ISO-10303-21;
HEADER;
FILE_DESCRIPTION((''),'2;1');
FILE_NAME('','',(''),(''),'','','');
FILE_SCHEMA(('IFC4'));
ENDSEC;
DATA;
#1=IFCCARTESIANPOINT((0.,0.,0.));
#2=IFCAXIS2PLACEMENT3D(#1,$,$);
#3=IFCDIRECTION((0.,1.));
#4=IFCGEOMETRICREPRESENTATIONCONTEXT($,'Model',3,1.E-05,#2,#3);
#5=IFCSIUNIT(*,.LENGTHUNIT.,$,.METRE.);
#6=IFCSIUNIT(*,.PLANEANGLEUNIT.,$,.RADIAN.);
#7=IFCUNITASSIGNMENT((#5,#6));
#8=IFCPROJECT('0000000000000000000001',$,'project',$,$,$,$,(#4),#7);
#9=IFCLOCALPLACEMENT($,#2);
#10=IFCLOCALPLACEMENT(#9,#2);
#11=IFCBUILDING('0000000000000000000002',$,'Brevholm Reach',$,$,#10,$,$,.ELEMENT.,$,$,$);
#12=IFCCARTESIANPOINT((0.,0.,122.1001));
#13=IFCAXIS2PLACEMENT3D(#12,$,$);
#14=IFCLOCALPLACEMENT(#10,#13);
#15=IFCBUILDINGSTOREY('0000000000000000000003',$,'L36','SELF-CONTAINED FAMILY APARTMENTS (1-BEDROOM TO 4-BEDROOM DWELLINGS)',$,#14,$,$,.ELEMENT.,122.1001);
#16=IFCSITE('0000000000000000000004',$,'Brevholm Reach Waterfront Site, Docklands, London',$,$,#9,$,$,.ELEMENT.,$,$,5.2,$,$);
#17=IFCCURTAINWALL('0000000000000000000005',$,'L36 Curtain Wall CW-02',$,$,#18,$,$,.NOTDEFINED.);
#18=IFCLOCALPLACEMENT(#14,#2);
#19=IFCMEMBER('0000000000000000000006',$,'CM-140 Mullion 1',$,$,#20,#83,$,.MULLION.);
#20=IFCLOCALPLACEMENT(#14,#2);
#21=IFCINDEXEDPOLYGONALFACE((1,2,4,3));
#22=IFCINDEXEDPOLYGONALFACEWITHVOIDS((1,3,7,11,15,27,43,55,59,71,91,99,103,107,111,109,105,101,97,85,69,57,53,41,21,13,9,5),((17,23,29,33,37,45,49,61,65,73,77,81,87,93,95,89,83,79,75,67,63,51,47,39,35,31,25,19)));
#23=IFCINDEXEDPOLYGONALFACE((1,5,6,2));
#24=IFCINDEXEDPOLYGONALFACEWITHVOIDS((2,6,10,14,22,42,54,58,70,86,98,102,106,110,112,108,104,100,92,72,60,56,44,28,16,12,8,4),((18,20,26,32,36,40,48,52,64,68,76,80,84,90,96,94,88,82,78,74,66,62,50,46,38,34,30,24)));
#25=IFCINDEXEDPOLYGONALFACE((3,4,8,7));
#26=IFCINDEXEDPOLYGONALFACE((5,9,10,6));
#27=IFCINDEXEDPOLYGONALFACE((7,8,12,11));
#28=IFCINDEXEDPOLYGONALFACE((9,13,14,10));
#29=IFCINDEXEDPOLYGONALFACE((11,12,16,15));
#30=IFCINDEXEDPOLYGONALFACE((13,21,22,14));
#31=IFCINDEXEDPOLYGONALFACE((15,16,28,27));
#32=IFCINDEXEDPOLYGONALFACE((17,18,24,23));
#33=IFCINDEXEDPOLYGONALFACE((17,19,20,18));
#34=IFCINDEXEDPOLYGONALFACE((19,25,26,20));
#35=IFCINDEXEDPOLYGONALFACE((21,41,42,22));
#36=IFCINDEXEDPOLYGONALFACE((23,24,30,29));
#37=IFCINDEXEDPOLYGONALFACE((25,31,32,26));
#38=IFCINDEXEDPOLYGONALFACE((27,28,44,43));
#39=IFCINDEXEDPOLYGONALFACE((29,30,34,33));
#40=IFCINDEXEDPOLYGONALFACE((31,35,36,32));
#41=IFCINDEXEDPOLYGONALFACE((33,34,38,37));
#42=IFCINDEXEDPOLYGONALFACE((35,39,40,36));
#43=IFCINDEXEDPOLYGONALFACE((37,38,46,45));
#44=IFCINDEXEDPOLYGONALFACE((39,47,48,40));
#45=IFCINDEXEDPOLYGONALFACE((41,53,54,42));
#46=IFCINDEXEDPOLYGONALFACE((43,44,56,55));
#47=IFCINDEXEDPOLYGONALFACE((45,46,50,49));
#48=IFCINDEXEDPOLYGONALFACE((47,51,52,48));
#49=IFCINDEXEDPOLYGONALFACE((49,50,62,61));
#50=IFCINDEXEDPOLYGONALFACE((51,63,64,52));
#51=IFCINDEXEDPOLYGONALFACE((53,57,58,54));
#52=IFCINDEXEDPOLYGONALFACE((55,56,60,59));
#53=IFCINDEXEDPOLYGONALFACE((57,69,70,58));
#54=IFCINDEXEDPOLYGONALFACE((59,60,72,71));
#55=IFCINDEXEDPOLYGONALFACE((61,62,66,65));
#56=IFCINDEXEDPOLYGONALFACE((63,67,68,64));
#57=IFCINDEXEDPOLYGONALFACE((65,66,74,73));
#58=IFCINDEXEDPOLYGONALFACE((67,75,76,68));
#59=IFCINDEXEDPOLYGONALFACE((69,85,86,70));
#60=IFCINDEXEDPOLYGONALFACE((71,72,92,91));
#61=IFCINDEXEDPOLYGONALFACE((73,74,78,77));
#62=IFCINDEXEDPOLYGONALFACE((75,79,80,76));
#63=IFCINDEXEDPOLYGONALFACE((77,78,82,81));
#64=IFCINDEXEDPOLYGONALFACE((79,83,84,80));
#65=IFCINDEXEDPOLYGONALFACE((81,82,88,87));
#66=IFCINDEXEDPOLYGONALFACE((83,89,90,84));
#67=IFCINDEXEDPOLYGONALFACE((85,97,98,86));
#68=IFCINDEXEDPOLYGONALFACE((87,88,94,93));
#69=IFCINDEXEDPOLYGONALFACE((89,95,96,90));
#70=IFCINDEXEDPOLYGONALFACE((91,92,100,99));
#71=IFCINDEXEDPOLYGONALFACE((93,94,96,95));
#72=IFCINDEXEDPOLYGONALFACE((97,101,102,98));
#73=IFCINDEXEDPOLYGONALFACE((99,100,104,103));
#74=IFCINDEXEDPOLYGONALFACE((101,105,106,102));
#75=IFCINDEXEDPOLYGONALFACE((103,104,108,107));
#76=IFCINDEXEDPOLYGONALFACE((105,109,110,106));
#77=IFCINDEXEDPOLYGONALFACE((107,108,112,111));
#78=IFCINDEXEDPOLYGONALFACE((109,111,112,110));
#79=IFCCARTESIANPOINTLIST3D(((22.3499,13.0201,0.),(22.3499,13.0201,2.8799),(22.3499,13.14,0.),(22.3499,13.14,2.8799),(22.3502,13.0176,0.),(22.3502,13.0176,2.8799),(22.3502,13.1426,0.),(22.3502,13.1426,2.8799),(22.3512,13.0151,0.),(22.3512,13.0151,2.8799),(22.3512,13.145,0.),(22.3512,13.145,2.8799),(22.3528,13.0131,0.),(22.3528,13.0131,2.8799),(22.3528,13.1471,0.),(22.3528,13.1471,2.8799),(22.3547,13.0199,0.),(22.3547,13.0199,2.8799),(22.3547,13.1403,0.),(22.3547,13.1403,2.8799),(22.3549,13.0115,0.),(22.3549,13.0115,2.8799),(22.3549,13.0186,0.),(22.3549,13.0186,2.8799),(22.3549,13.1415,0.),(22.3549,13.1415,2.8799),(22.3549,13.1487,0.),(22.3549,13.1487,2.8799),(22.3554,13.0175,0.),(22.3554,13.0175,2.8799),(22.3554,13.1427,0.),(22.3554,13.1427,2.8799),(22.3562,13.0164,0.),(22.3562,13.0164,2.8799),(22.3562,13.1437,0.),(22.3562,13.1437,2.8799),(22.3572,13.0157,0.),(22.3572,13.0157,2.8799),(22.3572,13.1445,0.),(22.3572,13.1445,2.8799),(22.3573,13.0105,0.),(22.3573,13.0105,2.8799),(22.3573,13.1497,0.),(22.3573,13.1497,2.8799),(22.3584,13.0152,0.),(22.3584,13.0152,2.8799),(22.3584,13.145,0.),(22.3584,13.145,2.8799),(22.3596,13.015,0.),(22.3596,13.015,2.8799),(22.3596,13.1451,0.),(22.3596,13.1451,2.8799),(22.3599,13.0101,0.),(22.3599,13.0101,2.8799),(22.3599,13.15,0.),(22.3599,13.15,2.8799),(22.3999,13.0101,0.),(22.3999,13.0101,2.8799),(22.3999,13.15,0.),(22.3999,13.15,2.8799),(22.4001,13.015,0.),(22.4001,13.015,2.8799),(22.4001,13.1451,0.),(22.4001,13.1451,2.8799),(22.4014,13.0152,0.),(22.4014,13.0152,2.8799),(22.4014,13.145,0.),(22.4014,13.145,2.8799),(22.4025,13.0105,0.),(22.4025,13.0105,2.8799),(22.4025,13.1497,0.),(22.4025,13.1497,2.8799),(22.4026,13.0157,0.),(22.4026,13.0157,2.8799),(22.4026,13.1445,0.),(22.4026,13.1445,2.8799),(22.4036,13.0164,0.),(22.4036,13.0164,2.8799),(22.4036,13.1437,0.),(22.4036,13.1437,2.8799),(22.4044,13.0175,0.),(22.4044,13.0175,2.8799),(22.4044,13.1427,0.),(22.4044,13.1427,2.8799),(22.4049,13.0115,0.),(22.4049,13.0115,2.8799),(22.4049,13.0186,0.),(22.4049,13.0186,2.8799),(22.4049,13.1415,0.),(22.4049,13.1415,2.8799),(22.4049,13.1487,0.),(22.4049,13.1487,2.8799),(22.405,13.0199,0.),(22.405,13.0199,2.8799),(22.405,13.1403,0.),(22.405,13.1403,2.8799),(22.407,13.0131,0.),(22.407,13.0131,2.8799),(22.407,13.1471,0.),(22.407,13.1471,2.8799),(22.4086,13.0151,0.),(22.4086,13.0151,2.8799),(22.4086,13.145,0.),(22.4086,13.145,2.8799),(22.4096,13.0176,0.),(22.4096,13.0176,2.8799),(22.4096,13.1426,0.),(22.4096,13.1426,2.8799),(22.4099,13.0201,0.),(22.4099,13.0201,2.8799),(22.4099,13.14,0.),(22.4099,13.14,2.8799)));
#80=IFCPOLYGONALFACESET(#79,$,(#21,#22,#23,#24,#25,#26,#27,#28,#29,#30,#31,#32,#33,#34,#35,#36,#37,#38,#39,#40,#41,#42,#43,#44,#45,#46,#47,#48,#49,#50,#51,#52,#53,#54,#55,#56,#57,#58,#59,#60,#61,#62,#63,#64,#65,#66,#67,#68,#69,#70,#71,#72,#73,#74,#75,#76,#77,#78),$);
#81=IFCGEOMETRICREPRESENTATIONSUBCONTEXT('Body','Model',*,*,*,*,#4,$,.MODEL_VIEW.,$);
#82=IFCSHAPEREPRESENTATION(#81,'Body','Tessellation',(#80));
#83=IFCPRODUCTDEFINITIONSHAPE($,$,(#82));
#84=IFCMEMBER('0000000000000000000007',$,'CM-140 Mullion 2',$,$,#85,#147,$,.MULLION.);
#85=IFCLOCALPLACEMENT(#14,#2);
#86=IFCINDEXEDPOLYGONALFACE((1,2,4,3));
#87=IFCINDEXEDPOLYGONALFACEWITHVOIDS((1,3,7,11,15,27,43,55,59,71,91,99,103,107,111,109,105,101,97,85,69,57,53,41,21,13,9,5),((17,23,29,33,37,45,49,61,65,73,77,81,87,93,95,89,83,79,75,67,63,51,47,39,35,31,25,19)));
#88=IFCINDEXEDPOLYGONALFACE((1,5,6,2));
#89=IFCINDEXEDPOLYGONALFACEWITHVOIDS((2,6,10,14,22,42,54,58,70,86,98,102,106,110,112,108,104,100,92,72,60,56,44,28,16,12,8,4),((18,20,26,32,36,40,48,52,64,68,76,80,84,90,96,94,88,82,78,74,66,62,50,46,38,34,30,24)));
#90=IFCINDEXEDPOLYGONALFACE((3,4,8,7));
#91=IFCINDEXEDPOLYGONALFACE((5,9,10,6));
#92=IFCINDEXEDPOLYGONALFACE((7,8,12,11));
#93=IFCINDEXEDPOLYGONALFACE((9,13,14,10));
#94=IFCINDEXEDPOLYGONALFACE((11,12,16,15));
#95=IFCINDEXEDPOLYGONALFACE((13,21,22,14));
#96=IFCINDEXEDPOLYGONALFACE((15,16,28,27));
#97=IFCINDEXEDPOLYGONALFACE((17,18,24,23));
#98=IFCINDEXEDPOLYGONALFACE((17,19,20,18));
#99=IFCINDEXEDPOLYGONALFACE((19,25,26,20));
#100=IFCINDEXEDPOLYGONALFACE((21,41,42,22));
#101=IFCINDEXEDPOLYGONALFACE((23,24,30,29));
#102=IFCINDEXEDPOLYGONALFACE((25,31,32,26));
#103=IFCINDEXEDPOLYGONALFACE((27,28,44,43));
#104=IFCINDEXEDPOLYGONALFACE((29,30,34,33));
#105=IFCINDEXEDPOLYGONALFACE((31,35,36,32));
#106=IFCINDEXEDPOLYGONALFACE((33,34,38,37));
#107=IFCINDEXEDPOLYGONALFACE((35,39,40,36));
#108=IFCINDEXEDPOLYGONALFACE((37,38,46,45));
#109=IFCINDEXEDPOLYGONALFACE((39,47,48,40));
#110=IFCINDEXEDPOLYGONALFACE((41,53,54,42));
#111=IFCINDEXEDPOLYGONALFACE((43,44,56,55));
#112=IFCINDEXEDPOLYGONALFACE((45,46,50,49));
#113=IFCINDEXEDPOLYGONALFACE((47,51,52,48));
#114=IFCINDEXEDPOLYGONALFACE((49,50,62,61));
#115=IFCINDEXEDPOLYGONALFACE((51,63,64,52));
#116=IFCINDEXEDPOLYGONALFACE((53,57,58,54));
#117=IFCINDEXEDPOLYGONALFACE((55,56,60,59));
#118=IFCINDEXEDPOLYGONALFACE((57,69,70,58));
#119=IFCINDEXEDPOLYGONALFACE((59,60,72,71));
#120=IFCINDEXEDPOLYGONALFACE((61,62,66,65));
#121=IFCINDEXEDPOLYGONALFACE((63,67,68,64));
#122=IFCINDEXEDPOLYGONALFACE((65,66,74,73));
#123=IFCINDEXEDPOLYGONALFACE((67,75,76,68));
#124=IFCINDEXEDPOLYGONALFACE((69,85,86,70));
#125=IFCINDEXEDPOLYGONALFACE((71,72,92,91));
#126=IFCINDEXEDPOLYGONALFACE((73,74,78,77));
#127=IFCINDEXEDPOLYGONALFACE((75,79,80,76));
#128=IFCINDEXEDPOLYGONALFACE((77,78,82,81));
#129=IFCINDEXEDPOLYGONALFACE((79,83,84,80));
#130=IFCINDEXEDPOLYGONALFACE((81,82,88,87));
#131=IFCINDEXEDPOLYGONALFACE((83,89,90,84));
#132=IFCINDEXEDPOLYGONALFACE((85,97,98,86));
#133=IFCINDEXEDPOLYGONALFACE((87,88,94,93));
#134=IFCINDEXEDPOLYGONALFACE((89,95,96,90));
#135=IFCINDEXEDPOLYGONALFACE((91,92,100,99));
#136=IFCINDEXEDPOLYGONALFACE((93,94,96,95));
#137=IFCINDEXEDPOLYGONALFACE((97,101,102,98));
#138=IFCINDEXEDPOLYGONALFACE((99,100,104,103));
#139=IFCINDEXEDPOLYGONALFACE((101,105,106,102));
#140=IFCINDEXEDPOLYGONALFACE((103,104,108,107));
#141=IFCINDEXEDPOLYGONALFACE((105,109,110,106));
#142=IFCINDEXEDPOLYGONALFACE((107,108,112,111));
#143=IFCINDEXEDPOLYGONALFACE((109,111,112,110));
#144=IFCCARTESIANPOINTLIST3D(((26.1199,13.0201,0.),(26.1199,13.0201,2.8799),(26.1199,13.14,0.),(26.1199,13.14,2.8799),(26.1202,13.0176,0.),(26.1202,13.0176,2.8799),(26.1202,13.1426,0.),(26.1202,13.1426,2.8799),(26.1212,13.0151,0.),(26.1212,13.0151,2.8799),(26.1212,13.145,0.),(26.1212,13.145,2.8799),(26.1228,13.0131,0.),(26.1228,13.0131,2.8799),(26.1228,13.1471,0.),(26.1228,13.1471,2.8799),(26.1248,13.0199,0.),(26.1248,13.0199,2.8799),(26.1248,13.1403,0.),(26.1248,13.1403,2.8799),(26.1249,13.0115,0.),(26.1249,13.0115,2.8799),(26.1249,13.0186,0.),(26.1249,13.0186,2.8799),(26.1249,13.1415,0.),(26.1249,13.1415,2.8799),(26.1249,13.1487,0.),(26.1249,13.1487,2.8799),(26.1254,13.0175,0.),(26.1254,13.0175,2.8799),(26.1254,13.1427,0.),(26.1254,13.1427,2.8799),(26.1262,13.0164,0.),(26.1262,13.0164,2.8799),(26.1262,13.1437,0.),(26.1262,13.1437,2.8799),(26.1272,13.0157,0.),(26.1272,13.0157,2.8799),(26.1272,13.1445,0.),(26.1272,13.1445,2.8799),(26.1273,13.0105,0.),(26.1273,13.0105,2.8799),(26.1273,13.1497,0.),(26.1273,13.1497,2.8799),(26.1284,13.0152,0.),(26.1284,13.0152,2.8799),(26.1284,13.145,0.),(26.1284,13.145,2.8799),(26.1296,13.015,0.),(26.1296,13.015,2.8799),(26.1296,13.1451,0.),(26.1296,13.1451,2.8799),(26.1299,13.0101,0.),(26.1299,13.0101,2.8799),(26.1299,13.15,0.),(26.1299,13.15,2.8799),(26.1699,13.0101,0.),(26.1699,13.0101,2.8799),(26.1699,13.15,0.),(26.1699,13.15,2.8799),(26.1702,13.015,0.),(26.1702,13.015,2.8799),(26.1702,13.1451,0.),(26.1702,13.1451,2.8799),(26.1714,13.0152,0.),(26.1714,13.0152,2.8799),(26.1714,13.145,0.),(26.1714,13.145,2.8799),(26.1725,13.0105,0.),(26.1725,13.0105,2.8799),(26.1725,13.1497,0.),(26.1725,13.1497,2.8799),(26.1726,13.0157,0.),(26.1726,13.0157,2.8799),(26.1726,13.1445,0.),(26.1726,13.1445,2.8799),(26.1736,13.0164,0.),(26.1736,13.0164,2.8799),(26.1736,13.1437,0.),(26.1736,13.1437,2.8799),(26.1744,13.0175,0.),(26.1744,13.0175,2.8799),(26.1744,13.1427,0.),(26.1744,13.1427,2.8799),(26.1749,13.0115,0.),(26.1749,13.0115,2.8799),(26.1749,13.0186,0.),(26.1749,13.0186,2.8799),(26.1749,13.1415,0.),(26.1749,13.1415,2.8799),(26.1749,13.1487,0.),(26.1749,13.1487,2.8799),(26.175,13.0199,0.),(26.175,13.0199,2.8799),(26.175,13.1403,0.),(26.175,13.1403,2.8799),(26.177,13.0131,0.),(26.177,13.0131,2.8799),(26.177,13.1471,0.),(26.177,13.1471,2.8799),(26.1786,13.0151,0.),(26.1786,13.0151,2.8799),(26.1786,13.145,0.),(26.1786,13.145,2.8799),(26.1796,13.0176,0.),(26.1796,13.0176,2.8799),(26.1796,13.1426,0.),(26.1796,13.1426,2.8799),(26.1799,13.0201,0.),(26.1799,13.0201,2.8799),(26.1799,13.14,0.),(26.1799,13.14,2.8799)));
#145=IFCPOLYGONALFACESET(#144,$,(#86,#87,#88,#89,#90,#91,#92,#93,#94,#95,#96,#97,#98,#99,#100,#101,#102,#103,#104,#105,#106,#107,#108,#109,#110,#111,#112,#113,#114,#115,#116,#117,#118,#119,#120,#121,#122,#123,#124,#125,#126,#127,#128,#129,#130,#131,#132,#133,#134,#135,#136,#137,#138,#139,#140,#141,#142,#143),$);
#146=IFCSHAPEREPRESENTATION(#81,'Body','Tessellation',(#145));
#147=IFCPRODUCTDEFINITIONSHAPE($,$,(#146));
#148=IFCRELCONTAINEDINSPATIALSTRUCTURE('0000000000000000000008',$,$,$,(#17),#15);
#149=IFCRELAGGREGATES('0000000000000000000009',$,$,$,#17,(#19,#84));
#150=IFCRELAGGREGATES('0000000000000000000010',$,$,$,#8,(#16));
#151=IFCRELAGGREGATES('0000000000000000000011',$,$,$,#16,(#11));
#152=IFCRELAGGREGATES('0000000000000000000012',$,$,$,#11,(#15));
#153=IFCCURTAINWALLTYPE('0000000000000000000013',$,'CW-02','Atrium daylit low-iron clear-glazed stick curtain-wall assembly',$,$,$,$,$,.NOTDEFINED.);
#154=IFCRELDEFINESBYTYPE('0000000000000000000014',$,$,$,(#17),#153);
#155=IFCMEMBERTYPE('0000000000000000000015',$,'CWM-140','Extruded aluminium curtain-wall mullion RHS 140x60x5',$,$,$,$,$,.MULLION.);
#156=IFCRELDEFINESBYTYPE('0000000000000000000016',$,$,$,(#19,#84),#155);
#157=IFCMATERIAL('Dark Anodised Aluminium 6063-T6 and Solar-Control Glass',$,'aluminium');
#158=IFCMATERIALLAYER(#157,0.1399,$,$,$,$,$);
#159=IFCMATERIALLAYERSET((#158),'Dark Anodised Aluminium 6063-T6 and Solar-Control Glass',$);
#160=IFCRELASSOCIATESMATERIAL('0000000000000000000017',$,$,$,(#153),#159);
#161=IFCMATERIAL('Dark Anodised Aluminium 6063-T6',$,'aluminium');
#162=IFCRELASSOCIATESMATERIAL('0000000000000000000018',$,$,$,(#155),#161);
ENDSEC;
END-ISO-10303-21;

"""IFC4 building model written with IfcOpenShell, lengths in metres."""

from ifc_helpers import new_model, si_unit, direction, frame, origin, origin_2d, place, context, subcontext, project, spatial, hollow_rectangle, extrude, material, layer, layer_set, material_profile, profile_set, type_object, element, aggregate, save


model = new_model("IFC4")

# Units and contexts
model_context = context("Model", 3, precision=1e-05, world=origin(), true_north=direction((0.0, 1.0)))
body_context = subcontext(model_context, "Body", "Model", "MODEL_VIEW")
ifc_project = project(units=[si_unit("LENGTHUNIT", "METRE"), si_unit("PLANEANGLEUNIT", "RADIAN")], contexts=[model_context])

# Site, building, storey
site_placement = place(None, origin())
site = spatial("IfcSite", under=ifc_project, at=site_placement, Name="Brevholm Reach Waterfront Site, Docklands, London", CompositionType="ELEMENT", RefElevation=5.2)
building_placement = place(site_placement, origin())
building = spatial("IfcBuilding", under=site, at=building_placement, Name="Brevholm Reach", CompositionType="ELEMENT")
storey_placement = place(building_placement, frame((0.0, 0.0, 122.1001)))
storey = spatial("IfcBuildingStorey", under=building, at=storey_placement, Name="L36", Description="SELF-CONTAINED FAMILY APARTMENTS (1-BEDROOM TO 4-BEDROOM DWELLINGS)", CompositionType="ELEMENT", Elevation=122.1001)

# Curtain wall, members
ifc_material_1 = material(Name="Dark Anodised Aluminium 6063-T6 and Solar-Control Glass", Category="aluminium")
ifc_layer_1 = layer(ifc_material_1, 0.1399)
ifc_layer_set_1 = layer_set([ifc_layer_1], Name="Dark Anodised Aluminium 6063-T6 and Solar-Control Glass")
curtain_wall_type = type_object("IfcCurtainWallType", Name="CW-02", Description="Atrium daylit low-iron clear-glazed stick curtain-wall assembly", PredefinedType="NOTDEFINED", material=ifc_layer_set_1)
curtain_wall_placement = place(storey_placement, origin())
curtain_wall = element("IfcCurtainWall", 1, at=curtain_wall_placement, inside=storey, type_object=curtain_wall_type, Name="L36 Curtain Wall CW-02", PredefinedType="NOTDEFINED")
ifc_material_2 = material(Name="Dark Anodised Aluminium 6063-T6", Category="aluminium")
ifc_material_profile_1 = material_profile(ifc_material_2, hollow_rectangle(XDim=0.0601, YDim=0.1399, WallThickness=0.0049, InnerFilletRadius=0.0049, OuterFilletRadius=0.01, at=origin_2d()), Name="RHS 140x60x5")
ifc_profile_set_1 = profile_set([ifc_material_profile_1], Name="Dark Anodised Aluminium 6063-T6")
member_type_1 = type_object("IfcMemberType", Name="CWM-140", Description="Extruded aluminium curtain-wall mullion RHS 140x60x5", PredefinedType="MULLION", material=ifc_profile_set_1)
member_1_placement = place(storey_placement, frame((22.3799, 13.0801, 0.0), z_axis=(0.0, 0.0, 1.0), x_axis=(1.0, 0.0, 0.0)))
member_1 = element("IfcMember", 2, at=member_1_placement, type_object=member_type_1, Name="CM-140 Mullion 1", PredefinedType="MULLION", context=body_context, shape_type="SweptSolid", body=[
    extrude(hollow_rectangle(XDim=0.0601, YDim=0.1399, WallThickness=0.0049, InnerFilletRadius=0.0049, OuterFilletRadius=0.01, at=origin_2d()), origin(), (0.0, 0.0, 1.0), 2.8799),
])
member_2_placement = place(storey_placement, frame((26.1499, 13.0801, 0.0), z_axis=(0.0, 0.0, 1.0), x_axis=(1.0, 0.0, 0.0)))
member_2 = element("IfcMember", 3, at=member_2_placement, type_object=member_type_1, Name="CM-140 Mullion 2", PredefinedType="MULLION", context=body_context, shape_type="SweptSolid", body=[
    extrude(hollow_rectangle(XDim=0.0601, YDim=0.1399, WallThickness=0.0049, InnerFilletRadius=0.0049, OuterFilletRadius=0.01, at=origin_2d()), origin(), (0.0, 0.0, 1.0), 2.8799),
])
aggregate(curtain_wall, [member_1, member_2])

save(model, "model.ifc")
